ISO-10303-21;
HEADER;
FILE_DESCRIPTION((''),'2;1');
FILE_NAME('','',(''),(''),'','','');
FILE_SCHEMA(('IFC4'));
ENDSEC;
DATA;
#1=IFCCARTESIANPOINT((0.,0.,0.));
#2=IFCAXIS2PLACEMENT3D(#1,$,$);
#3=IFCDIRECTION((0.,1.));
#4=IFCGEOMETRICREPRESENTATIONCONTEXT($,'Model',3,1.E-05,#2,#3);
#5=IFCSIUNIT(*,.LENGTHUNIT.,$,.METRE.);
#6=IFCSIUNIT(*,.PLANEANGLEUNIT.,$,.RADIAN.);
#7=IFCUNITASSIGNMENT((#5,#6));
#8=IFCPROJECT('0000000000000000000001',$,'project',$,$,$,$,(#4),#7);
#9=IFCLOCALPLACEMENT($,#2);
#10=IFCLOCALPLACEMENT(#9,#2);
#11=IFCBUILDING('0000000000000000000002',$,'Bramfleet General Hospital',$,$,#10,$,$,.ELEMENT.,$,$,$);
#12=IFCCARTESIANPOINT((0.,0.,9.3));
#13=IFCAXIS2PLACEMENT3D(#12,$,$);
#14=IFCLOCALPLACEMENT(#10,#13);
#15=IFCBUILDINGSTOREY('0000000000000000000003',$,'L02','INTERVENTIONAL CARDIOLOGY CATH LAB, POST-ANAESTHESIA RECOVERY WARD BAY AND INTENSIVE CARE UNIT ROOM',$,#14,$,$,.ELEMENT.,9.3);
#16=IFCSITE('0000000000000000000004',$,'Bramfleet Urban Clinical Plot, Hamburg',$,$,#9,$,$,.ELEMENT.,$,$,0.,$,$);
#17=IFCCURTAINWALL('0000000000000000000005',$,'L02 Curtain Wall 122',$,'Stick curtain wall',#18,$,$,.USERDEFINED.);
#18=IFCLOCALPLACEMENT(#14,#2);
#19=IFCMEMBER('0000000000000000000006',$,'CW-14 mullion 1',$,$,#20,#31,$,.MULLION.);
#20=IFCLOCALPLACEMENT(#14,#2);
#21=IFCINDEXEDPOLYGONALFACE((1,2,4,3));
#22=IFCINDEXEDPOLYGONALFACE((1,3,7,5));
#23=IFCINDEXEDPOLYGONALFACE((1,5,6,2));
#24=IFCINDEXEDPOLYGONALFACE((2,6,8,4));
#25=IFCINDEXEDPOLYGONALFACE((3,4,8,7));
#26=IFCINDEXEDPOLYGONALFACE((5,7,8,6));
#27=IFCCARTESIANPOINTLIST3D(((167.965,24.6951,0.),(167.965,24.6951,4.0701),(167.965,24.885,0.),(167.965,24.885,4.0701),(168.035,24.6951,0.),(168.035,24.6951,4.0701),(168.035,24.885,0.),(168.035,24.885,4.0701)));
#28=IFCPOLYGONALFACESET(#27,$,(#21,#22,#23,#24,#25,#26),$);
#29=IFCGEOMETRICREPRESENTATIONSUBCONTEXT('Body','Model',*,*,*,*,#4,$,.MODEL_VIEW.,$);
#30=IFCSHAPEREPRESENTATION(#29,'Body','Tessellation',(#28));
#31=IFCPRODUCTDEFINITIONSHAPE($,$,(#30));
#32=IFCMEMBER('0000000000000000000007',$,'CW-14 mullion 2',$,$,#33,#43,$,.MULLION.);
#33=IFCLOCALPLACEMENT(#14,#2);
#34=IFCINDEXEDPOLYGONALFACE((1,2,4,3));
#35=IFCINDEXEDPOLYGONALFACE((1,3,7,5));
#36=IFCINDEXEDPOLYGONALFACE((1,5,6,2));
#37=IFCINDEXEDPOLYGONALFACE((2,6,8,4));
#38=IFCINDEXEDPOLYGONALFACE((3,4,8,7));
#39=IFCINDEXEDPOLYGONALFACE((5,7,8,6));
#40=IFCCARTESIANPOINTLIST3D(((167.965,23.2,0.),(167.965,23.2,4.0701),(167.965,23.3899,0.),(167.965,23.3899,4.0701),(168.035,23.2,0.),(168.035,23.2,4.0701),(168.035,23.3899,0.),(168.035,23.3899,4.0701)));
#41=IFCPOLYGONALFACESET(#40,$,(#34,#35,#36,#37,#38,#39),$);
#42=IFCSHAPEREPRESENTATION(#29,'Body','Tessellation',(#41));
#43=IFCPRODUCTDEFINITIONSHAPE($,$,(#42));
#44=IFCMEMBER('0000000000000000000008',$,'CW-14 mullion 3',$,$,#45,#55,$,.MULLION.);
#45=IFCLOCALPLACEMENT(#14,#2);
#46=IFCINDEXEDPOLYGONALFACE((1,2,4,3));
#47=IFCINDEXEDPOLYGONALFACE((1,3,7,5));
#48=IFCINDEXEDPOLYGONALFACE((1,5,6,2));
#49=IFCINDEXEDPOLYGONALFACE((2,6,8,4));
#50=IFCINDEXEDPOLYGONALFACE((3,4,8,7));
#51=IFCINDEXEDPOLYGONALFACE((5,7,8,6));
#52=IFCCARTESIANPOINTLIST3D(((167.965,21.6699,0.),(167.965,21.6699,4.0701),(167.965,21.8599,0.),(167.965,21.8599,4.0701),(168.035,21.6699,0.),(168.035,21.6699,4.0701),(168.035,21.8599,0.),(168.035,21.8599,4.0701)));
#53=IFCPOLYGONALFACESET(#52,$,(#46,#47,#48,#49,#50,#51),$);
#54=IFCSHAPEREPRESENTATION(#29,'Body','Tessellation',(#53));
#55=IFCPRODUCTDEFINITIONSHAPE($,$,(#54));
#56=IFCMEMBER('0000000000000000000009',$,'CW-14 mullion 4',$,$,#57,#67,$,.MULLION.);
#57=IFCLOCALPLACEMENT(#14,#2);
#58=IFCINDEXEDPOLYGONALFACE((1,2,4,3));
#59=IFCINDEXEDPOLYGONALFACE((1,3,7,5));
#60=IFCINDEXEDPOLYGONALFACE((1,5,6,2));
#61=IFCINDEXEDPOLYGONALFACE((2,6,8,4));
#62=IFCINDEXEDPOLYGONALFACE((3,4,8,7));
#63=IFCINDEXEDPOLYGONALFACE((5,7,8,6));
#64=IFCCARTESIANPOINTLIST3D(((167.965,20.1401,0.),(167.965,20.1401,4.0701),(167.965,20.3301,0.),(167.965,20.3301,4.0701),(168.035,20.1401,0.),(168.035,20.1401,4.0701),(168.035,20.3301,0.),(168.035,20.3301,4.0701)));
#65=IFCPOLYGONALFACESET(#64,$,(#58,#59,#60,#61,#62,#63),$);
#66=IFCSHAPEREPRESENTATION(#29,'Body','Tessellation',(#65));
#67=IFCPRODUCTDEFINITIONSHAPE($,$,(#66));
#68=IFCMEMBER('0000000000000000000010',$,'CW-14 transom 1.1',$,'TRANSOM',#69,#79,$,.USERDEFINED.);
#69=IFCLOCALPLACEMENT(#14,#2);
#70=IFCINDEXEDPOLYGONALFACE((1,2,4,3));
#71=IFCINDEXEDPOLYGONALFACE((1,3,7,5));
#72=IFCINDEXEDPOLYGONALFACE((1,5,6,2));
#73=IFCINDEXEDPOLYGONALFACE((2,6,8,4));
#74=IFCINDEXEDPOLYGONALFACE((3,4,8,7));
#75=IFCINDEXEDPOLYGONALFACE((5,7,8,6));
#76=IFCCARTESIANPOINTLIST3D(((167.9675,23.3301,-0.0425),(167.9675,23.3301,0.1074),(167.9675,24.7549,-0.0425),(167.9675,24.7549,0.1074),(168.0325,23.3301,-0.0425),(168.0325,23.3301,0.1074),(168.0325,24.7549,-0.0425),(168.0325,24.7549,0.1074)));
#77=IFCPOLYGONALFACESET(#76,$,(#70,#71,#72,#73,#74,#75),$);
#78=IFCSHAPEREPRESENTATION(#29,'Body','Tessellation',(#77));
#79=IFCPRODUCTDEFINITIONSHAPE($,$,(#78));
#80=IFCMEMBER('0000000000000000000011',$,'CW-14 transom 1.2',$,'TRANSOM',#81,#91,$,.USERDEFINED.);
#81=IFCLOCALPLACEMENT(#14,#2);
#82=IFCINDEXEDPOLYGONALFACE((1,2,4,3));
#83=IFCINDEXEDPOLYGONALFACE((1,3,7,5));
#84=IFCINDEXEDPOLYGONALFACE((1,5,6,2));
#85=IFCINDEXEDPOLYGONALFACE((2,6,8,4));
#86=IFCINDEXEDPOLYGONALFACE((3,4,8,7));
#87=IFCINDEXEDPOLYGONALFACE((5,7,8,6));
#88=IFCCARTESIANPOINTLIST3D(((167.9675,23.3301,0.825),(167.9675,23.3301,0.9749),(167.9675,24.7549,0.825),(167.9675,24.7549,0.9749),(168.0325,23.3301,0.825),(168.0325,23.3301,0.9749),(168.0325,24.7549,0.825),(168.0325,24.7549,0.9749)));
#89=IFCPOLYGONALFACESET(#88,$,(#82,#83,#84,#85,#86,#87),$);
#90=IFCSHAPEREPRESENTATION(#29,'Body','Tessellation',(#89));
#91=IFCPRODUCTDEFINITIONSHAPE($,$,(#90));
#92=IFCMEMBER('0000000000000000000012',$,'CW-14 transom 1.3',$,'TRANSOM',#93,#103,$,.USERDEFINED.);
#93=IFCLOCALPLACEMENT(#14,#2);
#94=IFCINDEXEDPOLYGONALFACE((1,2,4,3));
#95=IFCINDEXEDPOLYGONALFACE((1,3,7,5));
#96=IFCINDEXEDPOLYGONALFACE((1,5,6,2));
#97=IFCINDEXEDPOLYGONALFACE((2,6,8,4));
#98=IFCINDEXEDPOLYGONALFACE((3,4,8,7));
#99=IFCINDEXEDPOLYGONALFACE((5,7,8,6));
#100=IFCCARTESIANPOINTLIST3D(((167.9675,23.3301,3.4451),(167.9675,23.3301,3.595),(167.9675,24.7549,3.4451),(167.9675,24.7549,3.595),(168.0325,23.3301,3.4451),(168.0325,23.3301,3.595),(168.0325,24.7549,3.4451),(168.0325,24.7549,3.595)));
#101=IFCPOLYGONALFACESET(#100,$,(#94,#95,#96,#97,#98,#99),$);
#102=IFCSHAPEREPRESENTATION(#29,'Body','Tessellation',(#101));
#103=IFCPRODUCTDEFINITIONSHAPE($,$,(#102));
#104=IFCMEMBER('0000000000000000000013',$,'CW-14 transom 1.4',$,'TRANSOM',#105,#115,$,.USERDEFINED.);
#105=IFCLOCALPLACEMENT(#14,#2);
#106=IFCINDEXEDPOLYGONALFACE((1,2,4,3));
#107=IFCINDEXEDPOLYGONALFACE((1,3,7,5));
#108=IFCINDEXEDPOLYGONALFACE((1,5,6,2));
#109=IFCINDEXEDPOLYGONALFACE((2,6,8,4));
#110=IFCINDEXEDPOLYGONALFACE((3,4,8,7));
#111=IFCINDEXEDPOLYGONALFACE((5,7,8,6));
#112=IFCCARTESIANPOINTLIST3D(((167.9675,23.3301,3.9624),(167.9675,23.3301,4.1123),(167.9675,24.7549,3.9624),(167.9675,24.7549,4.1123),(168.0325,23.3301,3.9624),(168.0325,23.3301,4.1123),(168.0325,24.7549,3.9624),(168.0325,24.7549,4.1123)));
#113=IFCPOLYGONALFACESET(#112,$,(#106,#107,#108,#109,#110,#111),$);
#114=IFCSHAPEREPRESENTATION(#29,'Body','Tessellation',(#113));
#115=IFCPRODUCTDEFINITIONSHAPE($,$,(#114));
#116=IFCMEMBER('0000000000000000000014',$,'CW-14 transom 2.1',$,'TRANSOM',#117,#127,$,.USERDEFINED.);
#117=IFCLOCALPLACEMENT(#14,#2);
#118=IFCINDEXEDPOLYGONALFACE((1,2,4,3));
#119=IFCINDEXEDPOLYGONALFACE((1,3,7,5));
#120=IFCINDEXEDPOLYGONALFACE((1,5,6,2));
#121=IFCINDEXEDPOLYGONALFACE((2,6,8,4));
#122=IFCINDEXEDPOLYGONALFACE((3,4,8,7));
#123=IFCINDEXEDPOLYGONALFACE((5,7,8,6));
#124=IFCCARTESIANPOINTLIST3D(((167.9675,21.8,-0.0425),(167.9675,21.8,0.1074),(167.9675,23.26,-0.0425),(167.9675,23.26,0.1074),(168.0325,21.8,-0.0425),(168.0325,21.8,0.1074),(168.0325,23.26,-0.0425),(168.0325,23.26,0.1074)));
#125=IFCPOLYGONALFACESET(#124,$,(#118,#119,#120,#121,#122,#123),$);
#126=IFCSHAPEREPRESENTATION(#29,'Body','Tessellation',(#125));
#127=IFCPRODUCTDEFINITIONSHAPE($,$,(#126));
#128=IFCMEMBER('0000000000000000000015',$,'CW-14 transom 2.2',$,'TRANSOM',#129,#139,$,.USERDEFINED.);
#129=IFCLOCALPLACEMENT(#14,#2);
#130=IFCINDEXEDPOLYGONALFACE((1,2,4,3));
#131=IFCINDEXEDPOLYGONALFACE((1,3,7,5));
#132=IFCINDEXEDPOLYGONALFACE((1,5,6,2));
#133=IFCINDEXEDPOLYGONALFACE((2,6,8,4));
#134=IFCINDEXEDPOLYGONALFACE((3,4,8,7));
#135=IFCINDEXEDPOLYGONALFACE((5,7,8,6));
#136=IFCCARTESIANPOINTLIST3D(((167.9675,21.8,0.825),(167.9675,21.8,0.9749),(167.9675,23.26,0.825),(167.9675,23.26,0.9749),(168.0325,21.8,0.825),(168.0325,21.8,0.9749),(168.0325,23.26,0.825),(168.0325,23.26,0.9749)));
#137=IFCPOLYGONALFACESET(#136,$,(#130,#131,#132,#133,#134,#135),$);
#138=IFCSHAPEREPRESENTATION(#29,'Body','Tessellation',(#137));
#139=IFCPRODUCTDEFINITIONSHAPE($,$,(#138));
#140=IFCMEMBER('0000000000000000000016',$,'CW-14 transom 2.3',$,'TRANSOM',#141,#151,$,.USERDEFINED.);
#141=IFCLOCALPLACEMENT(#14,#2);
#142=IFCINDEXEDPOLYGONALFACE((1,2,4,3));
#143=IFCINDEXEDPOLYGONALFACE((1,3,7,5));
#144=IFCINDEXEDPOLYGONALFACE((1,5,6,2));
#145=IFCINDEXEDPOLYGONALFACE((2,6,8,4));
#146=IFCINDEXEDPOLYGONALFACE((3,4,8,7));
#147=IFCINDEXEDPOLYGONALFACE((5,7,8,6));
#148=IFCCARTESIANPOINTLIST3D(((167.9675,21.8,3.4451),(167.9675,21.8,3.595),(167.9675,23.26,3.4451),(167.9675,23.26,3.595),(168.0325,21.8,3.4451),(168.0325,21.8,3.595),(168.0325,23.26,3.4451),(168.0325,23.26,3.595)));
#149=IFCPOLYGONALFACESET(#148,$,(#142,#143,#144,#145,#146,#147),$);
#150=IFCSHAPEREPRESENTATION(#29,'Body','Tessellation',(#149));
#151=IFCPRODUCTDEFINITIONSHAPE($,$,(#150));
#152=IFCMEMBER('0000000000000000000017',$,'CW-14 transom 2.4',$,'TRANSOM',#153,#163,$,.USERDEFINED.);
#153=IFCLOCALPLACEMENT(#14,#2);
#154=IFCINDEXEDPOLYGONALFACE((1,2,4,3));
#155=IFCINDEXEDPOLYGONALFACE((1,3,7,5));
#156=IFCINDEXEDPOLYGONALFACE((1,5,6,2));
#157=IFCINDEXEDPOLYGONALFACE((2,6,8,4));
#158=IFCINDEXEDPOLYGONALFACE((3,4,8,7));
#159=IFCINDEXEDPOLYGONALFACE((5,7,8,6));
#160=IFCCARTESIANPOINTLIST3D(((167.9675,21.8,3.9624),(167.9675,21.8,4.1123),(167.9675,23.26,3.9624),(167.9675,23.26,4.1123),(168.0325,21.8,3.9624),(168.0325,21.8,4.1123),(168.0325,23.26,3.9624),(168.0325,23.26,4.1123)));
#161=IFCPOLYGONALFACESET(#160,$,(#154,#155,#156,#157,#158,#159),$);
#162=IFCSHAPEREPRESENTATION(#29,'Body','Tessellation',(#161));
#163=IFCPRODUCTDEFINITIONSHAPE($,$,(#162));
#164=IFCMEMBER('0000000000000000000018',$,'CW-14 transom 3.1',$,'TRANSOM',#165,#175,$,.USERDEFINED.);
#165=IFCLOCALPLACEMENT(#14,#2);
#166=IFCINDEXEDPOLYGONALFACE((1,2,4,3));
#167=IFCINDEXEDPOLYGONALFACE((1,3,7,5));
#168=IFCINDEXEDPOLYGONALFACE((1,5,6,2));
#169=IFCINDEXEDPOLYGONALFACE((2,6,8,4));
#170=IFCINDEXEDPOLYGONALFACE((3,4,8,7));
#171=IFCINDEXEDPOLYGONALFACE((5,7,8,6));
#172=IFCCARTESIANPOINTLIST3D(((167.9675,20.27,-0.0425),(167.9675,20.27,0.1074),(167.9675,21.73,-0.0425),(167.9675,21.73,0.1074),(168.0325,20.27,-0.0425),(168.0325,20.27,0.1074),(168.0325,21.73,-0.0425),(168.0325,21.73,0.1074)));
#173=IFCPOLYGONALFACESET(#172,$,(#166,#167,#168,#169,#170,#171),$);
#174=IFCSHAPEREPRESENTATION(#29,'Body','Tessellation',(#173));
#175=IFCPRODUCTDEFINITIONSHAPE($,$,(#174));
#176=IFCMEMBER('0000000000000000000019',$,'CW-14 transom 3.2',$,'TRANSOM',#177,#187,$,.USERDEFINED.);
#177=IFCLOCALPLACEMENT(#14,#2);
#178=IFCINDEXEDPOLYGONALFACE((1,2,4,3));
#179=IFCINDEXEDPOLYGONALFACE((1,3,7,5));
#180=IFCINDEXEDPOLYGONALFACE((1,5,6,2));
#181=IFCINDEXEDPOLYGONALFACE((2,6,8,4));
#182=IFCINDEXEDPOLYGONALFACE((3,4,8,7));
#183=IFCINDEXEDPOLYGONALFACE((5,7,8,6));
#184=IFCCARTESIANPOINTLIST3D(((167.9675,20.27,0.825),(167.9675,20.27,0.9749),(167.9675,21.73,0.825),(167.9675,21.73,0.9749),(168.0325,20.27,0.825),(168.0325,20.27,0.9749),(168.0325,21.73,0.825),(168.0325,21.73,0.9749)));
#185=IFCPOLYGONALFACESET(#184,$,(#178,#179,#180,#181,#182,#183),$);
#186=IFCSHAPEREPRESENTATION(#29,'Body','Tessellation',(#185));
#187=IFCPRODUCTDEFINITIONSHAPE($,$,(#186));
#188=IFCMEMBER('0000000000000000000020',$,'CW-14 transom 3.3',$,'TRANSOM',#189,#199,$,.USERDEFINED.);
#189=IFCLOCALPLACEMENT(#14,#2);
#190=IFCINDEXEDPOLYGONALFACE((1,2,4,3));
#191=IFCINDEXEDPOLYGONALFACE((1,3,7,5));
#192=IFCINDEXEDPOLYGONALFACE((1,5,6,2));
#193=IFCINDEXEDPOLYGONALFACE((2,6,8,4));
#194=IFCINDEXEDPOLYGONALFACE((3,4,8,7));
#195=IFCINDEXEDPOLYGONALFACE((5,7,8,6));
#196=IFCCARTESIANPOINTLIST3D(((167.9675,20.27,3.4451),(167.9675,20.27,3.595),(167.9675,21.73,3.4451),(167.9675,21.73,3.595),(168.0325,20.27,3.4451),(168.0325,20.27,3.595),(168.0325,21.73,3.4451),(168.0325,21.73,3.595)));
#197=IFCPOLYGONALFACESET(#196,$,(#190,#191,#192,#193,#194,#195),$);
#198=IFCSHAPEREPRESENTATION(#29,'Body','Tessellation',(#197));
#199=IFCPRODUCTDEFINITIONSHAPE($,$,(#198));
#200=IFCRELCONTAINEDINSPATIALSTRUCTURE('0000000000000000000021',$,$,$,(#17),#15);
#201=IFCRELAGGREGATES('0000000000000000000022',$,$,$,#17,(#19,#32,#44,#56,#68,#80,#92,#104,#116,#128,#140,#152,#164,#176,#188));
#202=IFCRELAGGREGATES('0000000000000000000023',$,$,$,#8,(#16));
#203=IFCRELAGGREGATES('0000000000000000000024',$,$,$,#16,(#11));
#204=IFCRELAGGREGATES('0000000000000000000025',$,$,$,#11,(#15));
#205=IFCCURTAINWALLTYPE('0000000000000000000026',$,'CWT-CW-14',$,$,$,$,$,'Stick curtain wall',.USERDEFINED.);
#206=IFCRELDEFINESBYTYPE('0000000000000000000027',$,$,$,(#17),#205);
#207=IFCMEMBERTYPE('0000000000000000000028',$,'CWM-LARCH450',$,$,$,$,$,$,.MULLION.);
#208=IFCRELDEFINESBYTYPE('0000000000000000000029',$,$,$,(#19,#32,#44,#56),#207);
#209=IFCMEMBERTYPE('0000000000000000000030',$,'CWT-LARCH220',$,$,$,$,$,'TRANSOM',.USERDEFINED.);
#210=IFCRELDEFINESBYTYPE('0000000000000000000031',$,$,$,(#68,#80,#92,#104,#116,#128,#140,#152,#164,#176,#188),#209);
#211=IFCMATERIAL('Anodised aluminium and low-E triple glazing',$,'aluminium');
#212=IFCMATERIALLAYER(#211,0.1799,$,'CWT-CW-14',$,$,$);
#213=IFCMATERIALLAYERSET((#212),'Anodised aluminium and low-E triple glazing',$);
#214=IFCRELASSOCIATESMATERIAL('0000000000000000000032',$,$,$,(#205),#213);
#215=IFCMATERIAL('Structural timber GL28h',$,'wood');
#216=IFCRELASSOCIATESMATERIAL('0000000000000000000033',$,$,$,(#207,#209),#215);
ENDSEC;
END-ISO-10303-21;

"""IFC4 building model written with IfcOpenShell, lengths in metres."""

from ifc_helpers import new_model, si_unit, direction, frame, origin, origin_2d, place, context, subcontext, project, spatial, rectangle, extrude, material, layer, layer_set, material_profile, profile_set, type_object, element, aggregate, save


model = new_model("IFC4")

# Units and contexts
model_context = context("Model", 3, precision=1e-05, world=origin(), true_north=direction((0.0, 1.0)))
body_context = subcontext(model_context, "Body", "Model", "MODEL_VIEW")
ifc_project = project(units=[si_unit("LENGTHUNIT", "METRE"), si_unit("PLANEANGLEUNIT", "RADIAN")], contexts=[model_context])

# Site, building, storey
site_placement = place(None, origin())
site = spatial("IfcSite", under=ifc_project, at=site_placement, Name="Bramfleet Urban Clinical Plot, Hamburg", CompositionType="ELEMENT", RefElevation=0.0)
building_placement = place(site_placement, origin())
building = spatial("IfcBuilding", under=site, at=building_placement, Name="Bramfleet General Hospital", CompositionType="ELEMENT")
storey_placement = place(building_placement, frame((0.0, 0.0, 9.3)))
storey = spatial("IfcBuildingStorey", under=building, at=storey_placement, Name="L02", Description="INTERVENTIONAL CARDIOLOGY CATH LAB, POST-ANAESTHESIA RECOVERY WARD BAY AND INTENSIVE CARE UNIT ROOM", CompositionType="ELEMENT", Elevation=9.3)

# Curtain wall, members
ifc_material_1 = material(Name="Anodised aluminium and low-E triple glazing", Category="aluminium")
ifc_layer_1 = layer(ifc_material_1, 0.1799, Name="CWT-CW-14")
ifc_layer_set_1 = layer_set([ifc_layer_1], Name="Anodised aluminium and low-E triple glazing")
curtain_wall_type = type_object("IfcCurtainWallType", Name="CWT-CW-14", ElementType="Stick curtain wall", PredefinedType="USERDEFINED", material=ifc_layer_set_1)
curtain_wall_placement = place(storey_placement, origin())
curtain_wall = element("IfcCurtainWall", 1, at=curtain_wall_placement, inside=storey, type_object=curtain_wall_type, Name="L02 Curtain Wall 122", ObjectType="Stick curtain wall", PredefinedType="USERDEFINED")
ifc_material_2 = material(Name="Structural timber GL28h", Category="wood")
ifc_material_profile_1 = material_profile(ifc_material_2, rectangle(XDim=0.0701, YDim=0.1899, at=origin_2d()), Name="LARCH 190x70")
ifc_profile_set_1 = profile_set([ifc_material_profile_1], Name="Structural timber GL28h")
member_type_1 = type_object("IfcMemberType", Name="CWM-LARCH450", PredefinedType="MULLION", material=ifc_profile_set_1)
member_1_placement = place(storey_placement, frame((168.0, 24.79, 0.0), z_axis=(0.0, 0.0, 1.0), x_axis=(1.0, 0.0, 0.0)))
member_1 = element("IfcMember", 2, at=member_1_placement, type_object=member_type_1, Name="CW-14 mullion 1", PredefinedType="MULLION", context=body_context, shape_type="SweptSolid", body=[
    extrude(rectangle(XDim=0.0701, YDim=0.1899, at=origin_2d()), origin(), (0.0, 0.0, 1.0), 4.0701),
])
member_2_placement = place(storey_placement, frame((168.0, 23.2949, 0.0), z_axis=(0.0, 0.0, 1.0), x_axis=(1.0, 0.0, 0.0)))
member_2 = element("IfcMember", 3, at=member_2_placement, type_object=member_type_1, Name="CW-14 mullion 2", PredefinedType="MULLION", context=body_context, shape_type="SweptSolid", body=[
    extrude(rectangle(XDim=0.0701, YDim=0.1899, at=origin_2d()), origin(), (0.0, 0.0, 1.0), 4.0701),
])
member_3_placement = place(storey_placement, frame((168.0, 21.7649, 0.0), z_axis=(0.0, 0.0, 1.0), x_axis=(1.0, 0.0, 0.0)))
member_3 = element("IfcMember", 4, at=member_3_placement, type_object=member_type_1, Name="CW-14 mullion 3", PredefinedType="MULLION", context=body_context, shape_type="SweptSolid", body=[
    extrude(rectangle(XDim=0.0701, YDim=0.1899, at=origin_2d()), origin(), (0.0, 0.0, 1.0), 4.0701),
])
member_4_placement = place(storey_placement, frame((168.0, 20.2351, 0.0), z_axis=(0.0, 0.0, 1.0), x_axis=(1.0, 0.0, 0.0)))
member_4 = element("IfcMember", 5, at=member_4_placement, type_object=member_type_1, Name="CW-14 mullion 4", PredefinedType="MULLION", context=body_context, shape_type="SweptSolid", body=[
    extrude(rectangle(XDim=0.0701, YDim=0.1899, at=origin_2d()), origin(), (0.0, 0.0, 1.0), 4.0701),
])
ifc_material_profile_2 = material_profile(ifc_material_2, rectangle(XDim=0.0649, YDim=0.1499, at=origin_2d()), Name="LARCH 150x65")
ifc_profile_set_2 = profile_set([ifc_material_profile_2], Name="Structural timber GL28h")
member_type_2 = type_object("IfcMemberType", Name="CWT-LARCH220", ElementType="TRANSOM", PredefinedType="USERDEFINED", material=ifc_profile_set_2)
member_5_placement = place(storey_placement, frame((168.0, 24.7549, 0.0325), z_axis=(0.0, -1.0, 0.0), x_axis=(1.0, 0.0, 0.0)))
member_5 = element("IfcMember", 6, at=member_5_placement, type_object=member_type_2, Name="CW-14 transom 1.1", ObjectType="TRANSOM", PredefinedType="USERDEFINED", context=body_context, shape_type="SweptSolid", body=[
    extrude(rectangle(XDim=0.0649, YDim=0.1499, at=origin_2d()), origin(), (0.0, 0.0, 1.0), 1.4248),
])
member_6_placement = place(storey_placement, frame((168.0, 24.7549, 0.8999), z_axis=(0.0, -1.0, 0.0), x_axis=(1.0, 0.0, 0.0)))
member_6 = element("IfcMember", 7, at=member_6_placement, type_object=member_type_2, Name="CW-14 transom 1.2", ObjectType="TRANSOM", PredefinedType="USERDEFINED", context=body_context, shape_type="SweptSolid", body=[
    extrude(rectangle(XDim=0.0649, YDim=0.1499, at=origin_2d()), origin(), (0.0, 0.0, 1.0), 1.4248),
])
member_7_placement = place(storey_placement, frame((168.0, 24.7549, 3.52), z_axis=(0.0, -1.0, 0.0), x_axis=(1.0, 0.0, 0.0)))
member_7 = element("IfcMember", 8, at=member_7_placement, type_object=member_type_2, Name="CW-14 transom 1.3", ObjectType="TRANSOM", PredefinedType="USERDEFINED", context=body_context, shape_type="SweptSolid", body=[
    extrude(rectangle(XDim=0.0649, YDim=0.1499, at=origin_2d()), origin(), (0.0, 0.0, 1.0), 1.4248),
])
member_8_placement = place(storey_placement, frame((168.0, 24.7549, 4.0374), z_axis=(0.0, -1.0, 0.0), x_axis=(1.0, 0.0, 0.0)))
member_8 = element("IfcMember", 9, at=member_8_placement, type_object=member_type_2, Name="CW-14 transom 1.4", ObjectType="TRANSOM", PredefinedType="USERDEFINED", context=body_context, shape_type="SweptSolid", body=[
    extrude(rectangle(XDim=0.0649, YDim=0.1499, at=origin_2d()), origin(), (0.0, 0.0, 1.0), 1.4248),
])
member_9_placement = place(storey_placement, frame((168.0, 23.26, 0.0325), z_axis=(0.0, -1.0, 0.0), x_axis=(1.0, 0.0, 0.0)))
member_9 = element("IfcMember", 10, at=member_9_placement, type_object=member_type_2, Name="CW-14 transom 2.1", ObjectType="TRANSOM", PredefinedType="USERDEFINED", context=body_context, shape_type="SweptSolid", body=[
    extrude(rectangle(XDim=0.0649, YDim=0.1499, at=origin_2d()), origin(), (0.0, 0.0, 1.0), 1.46),
])
member_10_placement = place(storey_placement, frame((168.0, 23.26, 0.8999), z_axis=(0.0, -1.0, 0.0), x_axis=(1.0, 0.0, 0.0)))
member_10 = element("IfcMember", 11, at=member_10_placement, type_object=member_type_2, Name="CW-14 transom 2.2", ObjectType="TRANSOM", PredefinedType="USERDEFINED", context=body_context, shape_type="SweptSolid", body=[
    extrude(rectangle(XDim=0.0649, YDim=0.1499, at=origin_2d()), origin(), (0.0, 0.0, 1.0), 1.46),
])
member_11_placement = place(storey_placement, frame((168.0, 23.26, 3.52), z_axis=(0.0, -1.0, 0.0), x_axis=(1.0, 0.0, 0.0)))
member_11 = element("IfcMember", 12, at=member_11_placement, type_object=member_type_2, Name="CW-14 transom 2.3", ObjectType="TRANSOM", PredefinedType="USERDEFINED", context=body_context, shape_type="SweptSolid", body=[
    extrude(rectangle(XDim=0.0649, YDim=0.1499, at=origin_2d()), origin(), (0.0, 0.0, 1.0), 1.46),
])
member_12_placement = place(storey_placement, frame((168.0, 23.26, 4.0374), z_axis=(0.0, -1.0, 0.0), x_axis=(1.0, 0.0, 0.0)))
member_12 = element("IfcMember", 13, at=member_12_placement, type_object=member_type_2, Name="CW-14 transom 2.4", ObjectType="TRANSOM", PredefinedType="USERDEFINED", context=body_context, shape_type="SweptSolid", body=[
    extrude(rectangle(XDim=0.0649, YDim=0.1499, at=origin_2d()), origin(), (0.0, 0.0, 1.0), 1.46),
])
member_13_placement = place(storey_placement, frame((168.0, 21.73, 0.0325), z_axis=(0.0, -1.0, 0.0), x_axis=(1.0, 0.0, 0.0)))
member_13 = element("IfcMember", 14, at=member_13_placement, type_object=member_type_2, Name="CW-14 transom 3.1", ObjectType="TRANSOM", PredefinedType="USERDEFINED", context=body_context, shape_type="SweptSolid", body=[
    extrude(rectangle(XDim=0.0649, YDim=0.1499, at=origin_2d()), origin(), (0.0, 0.0, 1.0), 1.46),
])
member_14_placement = place(storey_placement, frame((168.0, 21.73, 0.8999), z_axis=(0.0, -1.0, 0.0), x_axis=(1.0, 0.0, 0.0)))
member_14 = element("IfcMember", 15, at=member_14_placement, type_object=member_type_2, Name="CW-14 transom 3.2", ObjectType="TRANSOM", PredefinedType="USERDEFINED", context=body_context, shape_type="SweptSolid", body=[
    extrude(rectangle(XDim=0.0649, YDim=0.1499, at=origin_2d()), origin(), (0.0, 0.0, 1.0), 1.46),
])
member_15_placement = place(storey_placement, frame((168.0, 21.73, 3.52), z_axis=(0.0, -1.0, 0.0), x_axis=(1.0, 0.0, 0.0)))
member_15 = element("IfcMember", 16, at=member_15_placement, type_object=member_type_2, Name="CW-14 transom 3.3", ObjectType="TRANSOM", PredefinedType="USERDEFINED", context=body_context, shape_type="SweptSolid", body=[
    extrude(rectangle(XDim=0.0649, YDim=0.1499, at=origin_2d()), origin(), (0.0, 0.0, 1.0), 1.46),
])
aggregate(curtain_wall, [member_1, member_2, member_3, member_4, member_5, member_6, member_7, member_8, member_9, member_10, member_11, member_12, member_13, member_14, member_15])

save(model, "model.ifc")
